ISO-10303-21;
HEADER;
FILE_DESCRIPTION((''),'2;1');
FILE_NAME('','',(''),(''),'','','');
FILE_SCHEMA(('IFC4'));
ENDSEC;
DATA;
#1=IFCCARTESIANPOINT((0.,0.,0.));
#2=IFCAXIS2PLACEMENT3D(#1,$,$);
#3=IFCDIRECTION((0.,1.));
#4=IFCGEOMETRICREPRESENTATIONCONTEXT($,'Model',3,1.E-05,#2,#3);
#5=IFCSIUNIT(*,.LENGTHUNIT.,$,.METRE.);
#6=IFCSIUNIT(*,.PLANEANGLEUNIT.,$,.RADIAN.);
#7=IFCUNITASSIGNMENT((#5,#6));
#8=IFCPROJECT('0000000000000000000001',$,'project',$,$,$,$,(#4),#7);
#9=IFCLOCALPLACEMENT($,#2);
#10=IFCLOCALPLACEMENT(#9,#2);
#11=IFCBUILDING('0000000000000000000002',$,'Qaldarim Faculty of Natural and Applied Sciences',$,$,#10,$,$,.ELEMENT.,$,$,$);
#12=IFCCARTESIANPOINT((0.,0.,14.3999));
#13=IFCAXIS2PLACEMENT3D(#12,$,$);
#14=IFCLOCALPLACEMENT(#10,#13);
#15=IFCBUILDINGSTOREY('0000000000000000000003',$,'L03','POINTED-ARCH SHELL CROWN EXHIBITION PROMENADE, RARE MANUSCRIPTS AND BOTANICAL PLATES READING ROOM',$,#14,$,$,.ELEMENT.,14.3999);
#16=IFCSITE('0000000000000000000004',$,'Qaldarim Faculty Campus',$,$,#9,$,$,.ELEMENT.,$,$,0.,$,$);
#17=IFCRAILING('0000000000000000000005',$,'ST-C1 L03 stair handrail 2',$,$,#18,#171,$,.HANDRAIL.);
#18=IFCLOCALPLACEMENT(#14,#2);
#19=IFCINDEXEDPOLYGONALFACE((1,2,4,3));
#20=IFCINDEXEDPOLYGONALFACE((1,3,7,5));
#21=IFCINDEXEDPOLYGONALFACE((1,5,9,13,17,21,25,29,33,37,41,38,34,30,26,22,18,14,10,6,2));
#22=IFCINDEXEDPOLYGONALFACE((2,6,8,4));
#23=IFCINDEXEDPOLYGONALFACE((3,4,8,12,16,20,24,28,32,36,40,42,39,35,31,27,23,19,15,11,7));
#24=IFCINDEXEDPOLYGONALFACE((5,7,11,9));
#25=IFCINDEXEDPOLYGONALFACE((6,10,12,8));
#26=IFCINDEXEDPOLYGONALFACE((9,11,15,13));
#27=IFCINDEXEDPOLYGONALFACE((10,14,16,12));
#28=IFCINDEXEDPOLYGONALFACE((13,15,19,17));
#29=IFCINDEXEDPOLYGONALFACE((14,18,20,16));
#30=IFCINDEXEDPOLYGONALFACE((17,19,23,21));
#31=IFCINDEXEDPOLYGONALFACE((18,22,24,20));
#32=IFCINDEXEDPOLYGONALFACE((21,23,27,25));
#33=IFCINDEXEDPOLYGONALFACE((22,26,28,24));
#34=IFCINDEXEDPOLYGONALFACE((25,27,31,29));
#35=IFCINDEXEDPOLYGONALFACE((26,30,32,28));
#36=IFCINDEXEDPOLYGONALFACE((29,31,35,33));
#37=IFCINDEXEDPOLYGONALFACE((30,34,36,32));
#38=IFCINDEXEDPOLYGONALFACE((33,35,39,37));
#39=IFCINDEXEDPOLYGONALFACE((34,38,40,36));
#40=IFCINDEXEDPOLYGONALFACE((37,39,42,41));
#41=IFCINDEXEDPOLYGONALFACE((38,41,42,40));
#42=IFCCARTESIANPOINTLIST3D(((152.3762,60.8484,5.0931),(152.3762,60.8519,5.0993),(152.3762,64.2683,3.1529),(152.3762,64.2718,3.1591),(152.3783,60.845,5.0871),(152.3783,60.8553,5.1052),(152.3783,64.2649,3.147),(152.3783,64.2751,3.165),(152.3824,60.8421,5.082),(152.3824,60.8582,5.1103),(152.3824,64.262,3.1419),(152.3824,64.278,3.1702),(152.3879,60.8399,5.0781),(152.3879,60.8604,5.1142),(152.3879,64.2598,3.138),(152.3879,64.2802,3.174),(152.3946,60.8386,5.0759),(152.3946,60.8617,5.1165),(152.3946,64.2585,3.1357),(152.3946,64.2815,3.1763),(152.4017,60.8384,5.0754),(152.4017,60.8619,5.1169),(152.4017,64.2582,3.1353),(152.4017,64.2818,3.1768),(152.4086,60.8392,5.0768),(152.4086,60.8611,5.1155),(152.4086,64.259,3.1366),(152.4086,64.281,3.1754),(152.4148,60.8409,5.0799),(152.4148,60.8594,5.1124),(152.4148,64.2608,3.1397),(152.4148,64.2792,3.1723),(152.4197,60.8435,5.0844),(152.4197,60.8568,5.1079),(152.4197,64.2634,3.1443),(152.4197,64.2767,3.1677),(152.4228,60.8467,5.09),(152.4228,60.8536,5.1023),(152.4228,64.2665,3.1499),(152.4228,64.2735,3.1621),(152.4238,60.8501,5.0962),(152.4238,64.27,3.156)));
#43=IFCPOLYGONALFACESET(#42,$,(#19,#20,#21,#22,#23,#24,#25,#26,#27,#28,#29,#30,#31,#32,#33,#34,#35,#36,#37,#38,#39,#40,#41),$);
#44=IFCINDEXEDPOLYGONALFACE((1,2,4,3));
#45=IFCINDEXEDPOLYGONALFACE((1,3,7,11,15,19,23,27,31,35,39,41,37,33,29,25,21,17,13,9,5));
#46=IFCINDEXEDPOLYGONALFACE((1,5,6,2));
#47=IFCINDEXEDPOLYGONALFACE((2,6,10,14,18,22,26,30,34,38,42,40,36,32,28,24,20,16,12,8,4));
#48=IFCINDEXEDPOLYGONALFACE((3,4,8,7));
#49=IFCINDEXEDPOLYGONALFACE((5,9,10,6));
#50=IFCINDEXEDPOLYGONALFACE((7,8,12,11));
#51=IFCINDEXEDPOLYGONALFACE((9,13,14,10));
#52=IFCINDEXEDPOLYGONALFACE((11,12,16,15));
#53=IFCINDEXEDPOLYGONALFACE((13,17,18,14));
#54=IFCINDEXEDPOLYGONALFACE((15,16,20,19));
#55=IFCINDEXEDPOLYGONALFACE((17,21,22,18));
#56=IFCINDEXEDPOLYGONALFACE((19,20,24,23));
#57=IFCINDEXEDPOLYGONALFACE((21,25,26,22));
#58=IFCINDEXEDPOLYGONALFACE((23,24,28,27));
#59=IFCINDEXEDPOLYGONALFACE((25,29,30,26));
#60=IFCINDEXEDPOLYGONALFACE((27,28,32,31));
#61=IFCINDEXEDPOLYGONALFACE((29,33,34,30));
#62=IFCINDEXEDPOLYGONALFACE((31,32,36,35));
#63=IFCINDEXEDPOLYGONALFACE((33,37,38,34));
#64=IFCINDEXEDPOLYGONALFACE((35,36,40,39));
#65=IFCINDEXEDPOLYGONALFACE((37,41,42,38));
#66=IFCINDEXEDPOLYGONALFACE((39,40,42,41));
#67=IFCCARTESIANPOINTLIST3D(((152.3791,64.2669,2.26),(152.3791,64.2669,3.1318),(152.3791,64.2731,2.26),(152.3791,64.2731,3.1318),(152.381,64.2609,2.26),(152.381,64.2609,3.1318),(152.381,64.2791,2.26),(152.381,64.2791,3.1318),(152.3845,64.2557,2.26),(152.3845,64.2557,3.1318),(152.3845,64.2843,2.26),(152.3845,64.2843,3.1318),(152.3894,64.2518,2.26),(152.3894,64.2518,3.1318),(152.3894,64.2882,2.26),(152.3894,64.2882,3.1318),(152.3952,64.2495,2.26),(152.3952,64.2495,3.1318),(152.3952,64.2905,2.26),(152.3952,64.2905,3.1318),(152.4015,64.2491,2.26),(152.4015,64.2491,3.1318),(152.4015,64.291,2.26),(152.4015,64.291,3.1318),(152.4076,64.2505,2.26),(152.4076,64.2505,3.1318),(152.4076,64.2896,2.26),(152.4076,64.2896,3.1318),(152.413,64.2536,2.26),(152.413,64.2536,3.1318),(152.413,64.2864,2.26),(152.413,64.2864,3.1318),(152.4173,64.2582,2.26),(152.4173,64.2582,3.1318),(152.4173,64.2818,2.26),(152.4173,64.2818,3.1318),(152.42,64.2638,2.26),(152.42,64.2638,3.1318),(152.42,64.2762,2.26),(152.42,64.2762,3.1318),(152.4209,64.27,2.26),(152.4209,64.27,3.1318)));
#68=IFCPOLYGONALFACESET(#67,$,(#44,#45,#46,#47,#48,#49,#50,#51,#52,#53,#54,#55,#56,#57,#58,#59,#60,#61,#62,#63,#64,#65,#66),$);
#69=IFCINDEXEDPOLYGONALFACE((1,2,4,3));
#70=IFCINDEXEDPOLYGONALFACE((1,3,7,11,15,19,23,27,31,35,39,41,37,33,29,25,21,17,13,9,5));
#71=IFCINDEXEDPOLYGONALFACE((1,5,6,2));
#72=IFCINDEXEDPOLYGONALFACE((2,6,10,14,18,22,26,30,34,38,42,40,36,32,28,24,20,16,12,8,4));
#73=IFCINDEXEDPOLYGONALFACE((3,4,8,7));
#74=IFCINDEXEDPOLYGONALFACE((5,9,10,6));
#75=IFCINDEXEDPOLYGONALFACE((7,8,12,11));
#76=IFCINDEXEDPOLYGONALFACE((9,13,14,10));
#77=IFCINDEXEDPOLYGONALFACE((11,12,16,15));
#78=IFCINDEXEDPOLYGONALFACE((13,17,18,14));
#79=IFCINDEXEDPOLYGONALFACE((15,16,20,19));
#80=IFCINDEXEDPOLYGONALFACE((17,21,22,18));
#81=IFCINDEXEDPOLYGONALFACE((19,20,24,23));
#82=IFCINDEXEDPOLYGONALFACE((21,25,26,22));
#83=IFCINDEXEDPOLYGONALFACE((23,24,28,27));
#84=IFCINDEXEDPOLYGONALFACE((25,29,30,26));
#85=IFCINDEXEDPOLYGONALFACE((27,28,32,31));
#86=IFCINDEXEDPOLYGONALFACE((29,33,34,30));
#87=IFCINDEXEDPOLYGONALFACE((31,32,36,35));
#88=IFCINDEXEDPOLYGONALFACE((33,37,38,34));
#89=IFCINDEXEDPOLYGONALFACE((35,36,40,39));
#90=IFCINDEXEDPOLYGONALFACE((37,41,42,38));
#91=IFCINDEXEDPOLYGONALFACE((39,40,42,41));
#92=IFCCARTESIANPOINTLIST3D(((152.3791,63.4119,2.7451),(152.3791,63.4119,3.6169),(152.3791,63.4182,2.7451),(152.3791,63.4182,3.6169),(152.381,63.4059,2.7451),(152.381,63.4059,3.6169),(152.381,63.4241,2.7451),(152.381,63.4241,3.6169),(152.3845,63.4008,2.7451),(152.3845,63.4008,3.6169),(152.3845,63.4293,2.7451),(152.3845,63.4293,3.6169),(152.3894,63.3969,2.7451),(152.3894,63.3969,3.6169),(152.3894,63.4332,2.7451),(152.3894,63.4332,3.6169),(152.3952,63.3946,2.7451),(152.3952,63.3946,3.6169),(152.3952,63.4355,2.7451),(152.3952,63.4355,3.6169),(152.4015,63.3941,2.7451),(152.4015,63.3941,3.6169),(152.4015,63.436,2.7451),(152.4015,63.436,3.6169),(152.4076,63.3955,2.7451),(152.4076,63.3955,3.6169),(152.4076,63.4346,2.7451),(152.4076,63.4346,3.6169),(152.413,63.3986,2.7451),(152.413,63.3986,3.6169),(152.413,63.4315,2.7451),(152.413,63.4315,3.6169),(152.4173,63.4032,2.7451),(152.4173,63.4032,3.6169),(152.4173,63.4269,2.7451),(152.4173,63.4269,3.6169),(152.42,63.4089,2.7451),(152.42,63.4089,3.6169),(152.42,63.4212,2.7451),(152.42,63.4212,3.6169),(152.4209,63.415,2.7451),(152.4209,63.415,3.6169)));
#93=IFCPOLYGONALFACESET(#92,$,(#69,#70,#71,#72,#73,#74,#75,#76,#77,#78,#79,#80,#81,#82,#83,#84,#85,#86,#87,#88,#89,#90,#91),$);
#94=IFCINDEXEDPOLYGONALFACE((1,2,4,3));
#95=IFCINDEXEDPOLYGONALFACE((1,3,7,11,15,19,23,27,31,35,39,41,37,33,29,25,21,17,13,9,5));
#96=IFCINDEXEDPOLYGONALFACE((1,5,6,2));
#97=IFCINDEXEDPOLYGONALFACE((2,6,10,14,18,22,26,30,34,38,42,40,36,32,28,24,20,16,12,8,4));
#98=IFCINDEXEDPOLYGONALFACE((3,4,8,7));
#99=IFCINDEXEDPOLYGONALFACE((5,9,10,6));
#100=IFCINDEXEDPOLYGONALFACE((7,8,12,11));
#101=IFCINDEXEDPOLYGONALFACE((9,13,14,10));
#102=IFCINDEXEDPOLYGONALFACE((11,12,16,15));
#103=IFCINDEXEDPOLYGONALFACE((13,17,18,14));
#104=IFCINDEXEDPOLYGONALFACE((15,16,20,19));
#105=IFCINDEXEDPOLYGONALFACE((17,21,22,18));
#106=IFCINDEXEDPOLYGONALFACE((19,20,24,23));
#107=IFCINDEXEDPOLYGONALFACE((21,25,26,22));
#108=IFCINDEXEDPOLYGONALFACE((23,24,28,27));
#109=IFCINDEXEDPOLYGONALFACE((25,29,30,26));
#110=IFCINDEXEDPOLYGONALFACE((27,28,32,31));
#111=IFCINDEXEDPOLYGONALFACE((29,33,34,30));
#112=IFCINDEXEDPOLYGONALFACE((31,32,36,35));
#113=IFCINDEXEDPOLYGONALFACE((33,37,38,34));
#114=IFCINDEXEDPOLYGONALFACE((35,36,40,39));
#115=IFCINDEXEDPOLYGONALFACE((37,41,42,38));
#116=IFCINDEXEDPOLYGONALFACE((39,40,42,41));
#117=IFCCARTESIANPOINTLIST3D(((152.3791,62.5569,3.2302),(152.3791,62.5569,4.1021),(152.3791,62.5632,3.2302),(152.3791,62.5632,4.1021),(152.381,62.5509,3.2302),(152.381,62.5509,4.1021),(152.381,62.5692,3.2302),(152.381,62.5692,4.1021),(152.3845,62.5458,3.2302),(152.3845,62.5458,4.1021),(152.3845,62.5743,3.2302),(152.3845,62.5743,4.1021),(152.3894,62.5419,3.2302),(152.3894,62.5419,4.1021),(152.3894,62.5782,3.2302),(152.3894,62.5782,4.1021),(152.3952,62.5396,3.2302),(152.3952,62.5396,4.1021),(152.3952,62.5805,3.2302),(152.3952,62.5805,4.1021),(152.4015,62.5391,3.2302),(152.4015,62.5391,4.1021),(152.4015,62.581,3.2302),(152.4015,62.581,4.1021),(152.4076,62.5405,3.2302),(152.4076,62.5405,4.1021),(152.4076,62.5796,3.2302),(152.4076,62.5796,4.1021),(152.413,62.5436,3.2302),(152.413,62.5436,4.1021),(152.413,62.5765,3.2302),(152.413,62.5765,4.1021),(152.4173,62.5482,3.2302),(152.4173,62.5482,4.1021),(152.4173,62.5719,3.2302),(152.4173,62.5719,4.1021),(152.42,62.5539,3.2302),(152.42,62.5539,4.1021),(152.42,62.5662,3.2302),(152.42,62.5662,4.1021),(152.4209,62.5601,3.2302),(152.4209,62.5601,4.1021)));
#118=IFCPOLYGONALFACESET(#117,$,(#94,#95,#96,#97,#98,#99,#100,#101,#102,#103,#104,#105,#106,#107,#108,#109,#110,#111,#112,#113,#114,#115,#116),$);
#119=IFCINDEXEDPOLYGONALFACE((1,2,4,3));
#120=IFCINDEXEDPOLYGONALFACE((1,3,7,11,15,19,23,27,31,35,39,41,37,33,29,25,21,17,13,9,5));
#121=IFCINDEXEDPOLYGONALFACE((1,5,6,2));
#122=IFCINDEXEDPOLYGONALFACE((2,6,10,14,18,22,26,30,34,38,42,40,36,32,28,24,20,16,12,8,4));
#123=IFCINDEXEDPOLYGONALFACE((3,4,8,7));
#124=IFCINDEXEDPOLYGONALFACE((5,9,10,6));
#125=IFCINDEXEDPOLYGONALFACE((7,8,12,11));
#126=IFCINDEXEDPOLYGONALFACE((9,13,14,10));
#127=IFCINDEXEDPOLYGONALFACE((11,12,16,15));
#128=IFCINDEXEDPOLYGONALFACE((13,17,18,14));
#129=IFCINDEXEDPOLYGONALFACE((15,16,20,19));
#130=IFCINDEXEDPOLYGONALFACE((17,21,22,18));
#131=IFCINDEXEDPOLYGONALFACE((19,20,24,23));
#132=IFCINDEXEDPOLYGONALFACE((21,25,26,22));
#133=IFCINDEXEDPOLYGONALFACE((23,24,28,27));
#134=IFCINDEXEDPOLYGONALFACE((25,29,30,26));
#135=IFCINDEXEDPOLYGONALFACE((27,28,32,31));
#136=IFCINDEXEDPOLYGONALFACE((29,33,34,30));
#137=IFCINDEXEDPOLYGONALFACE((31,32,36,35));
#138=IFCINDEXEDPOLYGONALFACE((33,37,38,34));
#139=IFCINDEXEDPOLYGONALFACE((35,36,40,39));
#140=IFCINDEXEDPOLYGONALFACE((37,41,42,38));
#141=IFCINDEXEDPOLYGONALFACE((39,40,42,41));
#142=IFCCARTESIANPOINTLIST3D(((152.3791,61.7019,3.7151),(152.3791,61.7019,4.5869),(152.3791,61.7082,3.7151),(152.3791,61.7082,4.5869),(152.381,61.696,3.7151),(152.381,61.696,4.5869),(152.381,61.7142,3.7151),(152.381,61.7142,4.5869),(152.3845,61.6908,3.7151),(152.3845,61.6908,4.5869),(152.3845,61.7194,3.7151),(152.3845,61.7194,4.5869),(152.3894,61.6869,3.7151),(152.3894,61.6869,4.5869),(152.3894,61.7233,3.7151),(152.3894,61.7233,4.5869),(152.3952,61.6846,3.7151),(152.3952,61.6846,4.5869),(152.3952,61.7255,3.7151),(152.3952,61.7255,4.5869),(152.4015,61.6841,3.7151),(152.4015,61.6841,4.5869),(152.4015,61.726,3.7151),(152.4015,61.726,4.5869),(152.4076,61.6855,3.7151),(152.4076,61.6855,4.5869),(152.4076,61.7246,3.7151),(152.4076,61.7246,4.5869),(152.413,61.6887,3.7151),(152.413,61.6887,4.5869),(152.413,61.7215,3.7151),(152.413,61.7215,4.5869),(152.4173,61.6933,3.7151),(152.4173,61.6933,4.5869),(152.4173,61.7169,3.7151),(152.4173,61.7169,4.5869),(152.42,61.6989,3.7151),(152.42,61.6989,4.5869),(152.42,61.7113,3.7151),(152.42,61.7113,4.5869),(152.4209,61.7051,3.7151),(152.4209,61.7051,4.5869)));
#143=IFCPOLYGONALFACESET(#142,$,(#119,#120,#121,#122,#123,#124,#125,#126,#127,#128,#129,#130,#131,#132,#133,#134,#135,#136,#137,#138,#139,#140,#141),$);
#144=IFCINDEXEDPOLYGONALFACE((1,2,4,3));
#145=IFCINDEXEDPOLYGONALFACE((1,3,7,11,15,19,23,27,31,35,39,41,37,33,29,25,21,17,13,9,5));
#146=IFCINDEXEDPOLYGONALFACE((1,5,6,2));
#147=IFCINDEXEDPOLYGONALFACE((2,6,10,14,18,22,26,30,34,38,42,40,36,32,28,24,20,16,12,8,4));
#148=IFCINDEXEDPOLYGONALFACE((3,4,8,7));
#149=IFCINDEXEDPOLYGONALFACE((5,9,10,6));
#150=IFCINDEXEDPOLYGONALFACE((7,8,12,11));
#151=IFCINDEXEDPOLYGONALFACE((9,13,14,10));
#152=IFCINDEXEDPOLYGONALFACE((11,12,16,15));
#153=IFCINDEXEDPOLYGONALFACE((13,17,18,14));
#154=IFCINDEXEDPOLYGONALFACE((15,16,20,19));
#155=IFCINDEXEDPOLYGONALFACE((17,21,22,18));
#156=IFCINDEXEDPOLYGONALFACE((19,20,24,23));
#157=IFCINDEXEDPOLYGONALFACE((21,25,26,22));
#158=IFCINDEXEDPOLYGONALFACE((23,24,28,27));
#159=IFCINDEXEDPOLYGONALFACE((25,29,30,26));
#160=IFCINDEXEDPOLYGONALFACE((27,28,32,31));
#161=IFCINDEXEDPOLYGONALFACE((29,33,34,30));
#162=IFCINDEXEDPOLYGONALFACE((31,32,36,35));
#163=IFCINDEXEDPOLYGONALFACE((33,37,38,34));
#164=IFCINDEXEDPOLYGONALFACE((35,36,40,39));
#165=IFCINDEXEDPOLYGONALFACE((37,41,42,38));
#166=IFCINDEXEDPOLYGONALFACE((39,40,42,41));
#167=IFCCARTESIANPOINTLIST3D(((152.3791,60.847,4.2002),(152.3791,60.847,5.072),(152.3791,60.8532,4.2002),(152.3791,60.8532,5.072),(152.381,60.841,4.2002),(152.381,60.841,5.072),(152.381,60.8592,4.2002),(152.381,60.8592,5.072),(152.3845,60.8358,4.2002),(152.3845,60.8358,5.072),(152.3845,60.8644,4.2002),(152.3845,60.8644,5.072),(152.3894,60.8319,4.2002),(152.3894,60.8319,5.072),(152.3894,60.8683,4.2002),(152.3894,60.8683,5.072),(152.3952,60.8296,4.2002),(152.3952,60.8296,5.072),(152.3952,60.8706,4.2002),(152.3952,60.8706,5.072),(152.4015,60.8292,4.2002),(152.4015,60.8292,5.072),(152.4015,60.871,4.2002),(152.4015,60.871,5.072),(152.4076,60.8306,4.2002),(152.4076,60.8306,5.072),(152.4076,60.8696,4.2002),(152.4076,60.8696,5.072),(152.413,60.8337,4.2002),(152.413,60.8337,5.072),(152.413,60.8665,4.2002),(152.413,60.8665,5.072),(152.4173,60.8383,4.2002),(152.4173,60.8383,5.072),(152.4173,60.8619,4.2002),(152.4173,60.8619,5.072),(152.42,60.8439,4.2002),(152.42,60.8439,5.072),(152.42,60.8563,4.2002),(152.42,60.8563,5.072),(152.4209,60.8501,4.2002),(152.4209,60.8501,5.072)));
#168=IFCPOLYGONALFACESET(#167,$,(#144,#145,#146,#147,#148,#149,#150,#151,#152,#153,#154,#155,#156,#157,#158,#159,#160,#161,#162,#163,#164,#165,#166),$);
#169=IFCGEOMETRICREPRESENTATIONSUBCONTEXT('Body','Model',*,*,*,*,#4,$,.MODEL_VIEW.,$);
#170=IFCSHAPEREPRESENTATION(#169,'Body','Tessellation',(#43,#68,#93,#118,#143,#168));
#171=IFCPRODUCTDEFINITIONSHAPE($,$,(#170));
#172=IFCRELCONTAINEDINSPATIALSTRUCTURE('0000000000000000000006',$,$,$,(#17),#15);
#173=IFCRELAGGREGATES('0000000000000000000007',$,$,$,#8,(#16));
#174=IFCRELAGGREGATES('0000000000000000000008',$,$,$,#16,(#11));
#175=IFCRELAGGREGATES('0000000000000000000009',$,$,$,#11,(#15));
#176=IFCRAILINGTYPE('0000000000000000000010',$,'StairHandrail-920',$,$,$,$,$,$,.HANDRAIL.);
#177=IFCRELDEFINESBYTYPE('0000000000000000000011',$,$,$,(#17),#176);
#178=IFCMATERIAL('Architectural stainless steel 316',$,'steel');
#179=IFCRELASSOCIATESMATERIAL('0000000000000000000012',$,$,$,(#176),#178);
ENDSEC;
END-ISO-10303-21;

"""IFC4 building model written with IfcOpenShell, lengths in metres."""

from ifc_helpers import new_model, si_unit, direction, frame, origin, origin_2d, place, context, subcontext, project, spatial, circle, extrude, material, type_object, element, save


model = new_model("IFC4")

# Units and contexts
model_context = context("Model", 3, precision=1e-05, world=origin(), true_north=direction((0.0, 1.0)))
body_context = subcontext(model_context, "Body", "Model", "MODEL_VIEW")
ifc_project = project(units=[si_unit("LENGTHUNIT", "METRE"), si_unit("PLANEANGLEUNIT", "RADIAN")], contexts=[model_context])

# Site, building, storey
site_placement = place(None, origin())
site = spatial("IfcSite", under=ifc_project, at=site_placement, Name="Qaldarim Faculty Campus", CompositionType="ELEMENT", RefElevation=0.0)
building_placement = place(site_placement, origin())
building = spatial("IfcBuilding", under=site, at=building_placement, Name="Qaldarim Faculty of Natural and Applied Sciences", CompositionType="ELEMENT")
storey_placement = place(building_placement, frame((0.0, 0.0, 14.3999)))
storey = spatial("IfcBuildingStorey", under=building, at=storey_placement, Name="L03", Description="POINTED-ARCH SHELL CROWN EXHIBITION PROMENADE, RARE MANUSCRIPTS AND BOTANICAL PLATES READING ROOM", CompositionType="ELEMENT", Elevation=14.3999)

# Shared definitions
ifc_material_1 = material(Name="Architectural stainless steel 316", Category="steel")

# Railing
railing_type_1 = type_object("IfcRailingType", Name="StairHandrail-920", PredefinedType="HANDRAIL", material=ifc_material_1)
railing_1_placement = place(storey_placement, frame((152.3999, 64.27, 2.26)))
element("IfcRailing", 1, at=railing_1_placement, inside=storey, type_object=railing_type_1, Name="ST-C1 L03 stair handrail 2", PredefinedType="HANDRAIL", context=body_context, shape_type="SweptSolid", body=[
    extrude(circle(Radius=0.0239, at=origin_2d()), frame((0.0, 0.0, 0.896), z_axis=(0.0, -0.869779, 0.493442), x_axis=(1.0, 0.0, 0.0)), (0.0, 0.0, 1.0), 3.9319),
    extrude(circle(Radius=0.021, at=origin_2d()), origin(), (0.0, 0.0, 1.0), 0.8718),
    extrude(circle(Radius=0.021, at=origin_2d()), frame((0.0, -0.855, 0.4851)), (0.0, 0.0, 1.0), 0.8718),
    extrude(circle(Radius=0.021, at=origin_2d()), frame((0.0, -1.71, 0.9702)), (0.0, 0.0, 1.0), 0.8718),
    extrude(circle(Radius=0.021, at=origin_2d()), frame((0.0, -2.5649, 1.4551)), (0.0, 0.0, 1.0), 0.8718),
    extrude(circle(Radius=0.021, at=origin_2d()), frame((0.0, -3.4199, 1.9402)), (0.0, 0.0, 1.0), 0.8718),
])

save(model, "model.ifc")
